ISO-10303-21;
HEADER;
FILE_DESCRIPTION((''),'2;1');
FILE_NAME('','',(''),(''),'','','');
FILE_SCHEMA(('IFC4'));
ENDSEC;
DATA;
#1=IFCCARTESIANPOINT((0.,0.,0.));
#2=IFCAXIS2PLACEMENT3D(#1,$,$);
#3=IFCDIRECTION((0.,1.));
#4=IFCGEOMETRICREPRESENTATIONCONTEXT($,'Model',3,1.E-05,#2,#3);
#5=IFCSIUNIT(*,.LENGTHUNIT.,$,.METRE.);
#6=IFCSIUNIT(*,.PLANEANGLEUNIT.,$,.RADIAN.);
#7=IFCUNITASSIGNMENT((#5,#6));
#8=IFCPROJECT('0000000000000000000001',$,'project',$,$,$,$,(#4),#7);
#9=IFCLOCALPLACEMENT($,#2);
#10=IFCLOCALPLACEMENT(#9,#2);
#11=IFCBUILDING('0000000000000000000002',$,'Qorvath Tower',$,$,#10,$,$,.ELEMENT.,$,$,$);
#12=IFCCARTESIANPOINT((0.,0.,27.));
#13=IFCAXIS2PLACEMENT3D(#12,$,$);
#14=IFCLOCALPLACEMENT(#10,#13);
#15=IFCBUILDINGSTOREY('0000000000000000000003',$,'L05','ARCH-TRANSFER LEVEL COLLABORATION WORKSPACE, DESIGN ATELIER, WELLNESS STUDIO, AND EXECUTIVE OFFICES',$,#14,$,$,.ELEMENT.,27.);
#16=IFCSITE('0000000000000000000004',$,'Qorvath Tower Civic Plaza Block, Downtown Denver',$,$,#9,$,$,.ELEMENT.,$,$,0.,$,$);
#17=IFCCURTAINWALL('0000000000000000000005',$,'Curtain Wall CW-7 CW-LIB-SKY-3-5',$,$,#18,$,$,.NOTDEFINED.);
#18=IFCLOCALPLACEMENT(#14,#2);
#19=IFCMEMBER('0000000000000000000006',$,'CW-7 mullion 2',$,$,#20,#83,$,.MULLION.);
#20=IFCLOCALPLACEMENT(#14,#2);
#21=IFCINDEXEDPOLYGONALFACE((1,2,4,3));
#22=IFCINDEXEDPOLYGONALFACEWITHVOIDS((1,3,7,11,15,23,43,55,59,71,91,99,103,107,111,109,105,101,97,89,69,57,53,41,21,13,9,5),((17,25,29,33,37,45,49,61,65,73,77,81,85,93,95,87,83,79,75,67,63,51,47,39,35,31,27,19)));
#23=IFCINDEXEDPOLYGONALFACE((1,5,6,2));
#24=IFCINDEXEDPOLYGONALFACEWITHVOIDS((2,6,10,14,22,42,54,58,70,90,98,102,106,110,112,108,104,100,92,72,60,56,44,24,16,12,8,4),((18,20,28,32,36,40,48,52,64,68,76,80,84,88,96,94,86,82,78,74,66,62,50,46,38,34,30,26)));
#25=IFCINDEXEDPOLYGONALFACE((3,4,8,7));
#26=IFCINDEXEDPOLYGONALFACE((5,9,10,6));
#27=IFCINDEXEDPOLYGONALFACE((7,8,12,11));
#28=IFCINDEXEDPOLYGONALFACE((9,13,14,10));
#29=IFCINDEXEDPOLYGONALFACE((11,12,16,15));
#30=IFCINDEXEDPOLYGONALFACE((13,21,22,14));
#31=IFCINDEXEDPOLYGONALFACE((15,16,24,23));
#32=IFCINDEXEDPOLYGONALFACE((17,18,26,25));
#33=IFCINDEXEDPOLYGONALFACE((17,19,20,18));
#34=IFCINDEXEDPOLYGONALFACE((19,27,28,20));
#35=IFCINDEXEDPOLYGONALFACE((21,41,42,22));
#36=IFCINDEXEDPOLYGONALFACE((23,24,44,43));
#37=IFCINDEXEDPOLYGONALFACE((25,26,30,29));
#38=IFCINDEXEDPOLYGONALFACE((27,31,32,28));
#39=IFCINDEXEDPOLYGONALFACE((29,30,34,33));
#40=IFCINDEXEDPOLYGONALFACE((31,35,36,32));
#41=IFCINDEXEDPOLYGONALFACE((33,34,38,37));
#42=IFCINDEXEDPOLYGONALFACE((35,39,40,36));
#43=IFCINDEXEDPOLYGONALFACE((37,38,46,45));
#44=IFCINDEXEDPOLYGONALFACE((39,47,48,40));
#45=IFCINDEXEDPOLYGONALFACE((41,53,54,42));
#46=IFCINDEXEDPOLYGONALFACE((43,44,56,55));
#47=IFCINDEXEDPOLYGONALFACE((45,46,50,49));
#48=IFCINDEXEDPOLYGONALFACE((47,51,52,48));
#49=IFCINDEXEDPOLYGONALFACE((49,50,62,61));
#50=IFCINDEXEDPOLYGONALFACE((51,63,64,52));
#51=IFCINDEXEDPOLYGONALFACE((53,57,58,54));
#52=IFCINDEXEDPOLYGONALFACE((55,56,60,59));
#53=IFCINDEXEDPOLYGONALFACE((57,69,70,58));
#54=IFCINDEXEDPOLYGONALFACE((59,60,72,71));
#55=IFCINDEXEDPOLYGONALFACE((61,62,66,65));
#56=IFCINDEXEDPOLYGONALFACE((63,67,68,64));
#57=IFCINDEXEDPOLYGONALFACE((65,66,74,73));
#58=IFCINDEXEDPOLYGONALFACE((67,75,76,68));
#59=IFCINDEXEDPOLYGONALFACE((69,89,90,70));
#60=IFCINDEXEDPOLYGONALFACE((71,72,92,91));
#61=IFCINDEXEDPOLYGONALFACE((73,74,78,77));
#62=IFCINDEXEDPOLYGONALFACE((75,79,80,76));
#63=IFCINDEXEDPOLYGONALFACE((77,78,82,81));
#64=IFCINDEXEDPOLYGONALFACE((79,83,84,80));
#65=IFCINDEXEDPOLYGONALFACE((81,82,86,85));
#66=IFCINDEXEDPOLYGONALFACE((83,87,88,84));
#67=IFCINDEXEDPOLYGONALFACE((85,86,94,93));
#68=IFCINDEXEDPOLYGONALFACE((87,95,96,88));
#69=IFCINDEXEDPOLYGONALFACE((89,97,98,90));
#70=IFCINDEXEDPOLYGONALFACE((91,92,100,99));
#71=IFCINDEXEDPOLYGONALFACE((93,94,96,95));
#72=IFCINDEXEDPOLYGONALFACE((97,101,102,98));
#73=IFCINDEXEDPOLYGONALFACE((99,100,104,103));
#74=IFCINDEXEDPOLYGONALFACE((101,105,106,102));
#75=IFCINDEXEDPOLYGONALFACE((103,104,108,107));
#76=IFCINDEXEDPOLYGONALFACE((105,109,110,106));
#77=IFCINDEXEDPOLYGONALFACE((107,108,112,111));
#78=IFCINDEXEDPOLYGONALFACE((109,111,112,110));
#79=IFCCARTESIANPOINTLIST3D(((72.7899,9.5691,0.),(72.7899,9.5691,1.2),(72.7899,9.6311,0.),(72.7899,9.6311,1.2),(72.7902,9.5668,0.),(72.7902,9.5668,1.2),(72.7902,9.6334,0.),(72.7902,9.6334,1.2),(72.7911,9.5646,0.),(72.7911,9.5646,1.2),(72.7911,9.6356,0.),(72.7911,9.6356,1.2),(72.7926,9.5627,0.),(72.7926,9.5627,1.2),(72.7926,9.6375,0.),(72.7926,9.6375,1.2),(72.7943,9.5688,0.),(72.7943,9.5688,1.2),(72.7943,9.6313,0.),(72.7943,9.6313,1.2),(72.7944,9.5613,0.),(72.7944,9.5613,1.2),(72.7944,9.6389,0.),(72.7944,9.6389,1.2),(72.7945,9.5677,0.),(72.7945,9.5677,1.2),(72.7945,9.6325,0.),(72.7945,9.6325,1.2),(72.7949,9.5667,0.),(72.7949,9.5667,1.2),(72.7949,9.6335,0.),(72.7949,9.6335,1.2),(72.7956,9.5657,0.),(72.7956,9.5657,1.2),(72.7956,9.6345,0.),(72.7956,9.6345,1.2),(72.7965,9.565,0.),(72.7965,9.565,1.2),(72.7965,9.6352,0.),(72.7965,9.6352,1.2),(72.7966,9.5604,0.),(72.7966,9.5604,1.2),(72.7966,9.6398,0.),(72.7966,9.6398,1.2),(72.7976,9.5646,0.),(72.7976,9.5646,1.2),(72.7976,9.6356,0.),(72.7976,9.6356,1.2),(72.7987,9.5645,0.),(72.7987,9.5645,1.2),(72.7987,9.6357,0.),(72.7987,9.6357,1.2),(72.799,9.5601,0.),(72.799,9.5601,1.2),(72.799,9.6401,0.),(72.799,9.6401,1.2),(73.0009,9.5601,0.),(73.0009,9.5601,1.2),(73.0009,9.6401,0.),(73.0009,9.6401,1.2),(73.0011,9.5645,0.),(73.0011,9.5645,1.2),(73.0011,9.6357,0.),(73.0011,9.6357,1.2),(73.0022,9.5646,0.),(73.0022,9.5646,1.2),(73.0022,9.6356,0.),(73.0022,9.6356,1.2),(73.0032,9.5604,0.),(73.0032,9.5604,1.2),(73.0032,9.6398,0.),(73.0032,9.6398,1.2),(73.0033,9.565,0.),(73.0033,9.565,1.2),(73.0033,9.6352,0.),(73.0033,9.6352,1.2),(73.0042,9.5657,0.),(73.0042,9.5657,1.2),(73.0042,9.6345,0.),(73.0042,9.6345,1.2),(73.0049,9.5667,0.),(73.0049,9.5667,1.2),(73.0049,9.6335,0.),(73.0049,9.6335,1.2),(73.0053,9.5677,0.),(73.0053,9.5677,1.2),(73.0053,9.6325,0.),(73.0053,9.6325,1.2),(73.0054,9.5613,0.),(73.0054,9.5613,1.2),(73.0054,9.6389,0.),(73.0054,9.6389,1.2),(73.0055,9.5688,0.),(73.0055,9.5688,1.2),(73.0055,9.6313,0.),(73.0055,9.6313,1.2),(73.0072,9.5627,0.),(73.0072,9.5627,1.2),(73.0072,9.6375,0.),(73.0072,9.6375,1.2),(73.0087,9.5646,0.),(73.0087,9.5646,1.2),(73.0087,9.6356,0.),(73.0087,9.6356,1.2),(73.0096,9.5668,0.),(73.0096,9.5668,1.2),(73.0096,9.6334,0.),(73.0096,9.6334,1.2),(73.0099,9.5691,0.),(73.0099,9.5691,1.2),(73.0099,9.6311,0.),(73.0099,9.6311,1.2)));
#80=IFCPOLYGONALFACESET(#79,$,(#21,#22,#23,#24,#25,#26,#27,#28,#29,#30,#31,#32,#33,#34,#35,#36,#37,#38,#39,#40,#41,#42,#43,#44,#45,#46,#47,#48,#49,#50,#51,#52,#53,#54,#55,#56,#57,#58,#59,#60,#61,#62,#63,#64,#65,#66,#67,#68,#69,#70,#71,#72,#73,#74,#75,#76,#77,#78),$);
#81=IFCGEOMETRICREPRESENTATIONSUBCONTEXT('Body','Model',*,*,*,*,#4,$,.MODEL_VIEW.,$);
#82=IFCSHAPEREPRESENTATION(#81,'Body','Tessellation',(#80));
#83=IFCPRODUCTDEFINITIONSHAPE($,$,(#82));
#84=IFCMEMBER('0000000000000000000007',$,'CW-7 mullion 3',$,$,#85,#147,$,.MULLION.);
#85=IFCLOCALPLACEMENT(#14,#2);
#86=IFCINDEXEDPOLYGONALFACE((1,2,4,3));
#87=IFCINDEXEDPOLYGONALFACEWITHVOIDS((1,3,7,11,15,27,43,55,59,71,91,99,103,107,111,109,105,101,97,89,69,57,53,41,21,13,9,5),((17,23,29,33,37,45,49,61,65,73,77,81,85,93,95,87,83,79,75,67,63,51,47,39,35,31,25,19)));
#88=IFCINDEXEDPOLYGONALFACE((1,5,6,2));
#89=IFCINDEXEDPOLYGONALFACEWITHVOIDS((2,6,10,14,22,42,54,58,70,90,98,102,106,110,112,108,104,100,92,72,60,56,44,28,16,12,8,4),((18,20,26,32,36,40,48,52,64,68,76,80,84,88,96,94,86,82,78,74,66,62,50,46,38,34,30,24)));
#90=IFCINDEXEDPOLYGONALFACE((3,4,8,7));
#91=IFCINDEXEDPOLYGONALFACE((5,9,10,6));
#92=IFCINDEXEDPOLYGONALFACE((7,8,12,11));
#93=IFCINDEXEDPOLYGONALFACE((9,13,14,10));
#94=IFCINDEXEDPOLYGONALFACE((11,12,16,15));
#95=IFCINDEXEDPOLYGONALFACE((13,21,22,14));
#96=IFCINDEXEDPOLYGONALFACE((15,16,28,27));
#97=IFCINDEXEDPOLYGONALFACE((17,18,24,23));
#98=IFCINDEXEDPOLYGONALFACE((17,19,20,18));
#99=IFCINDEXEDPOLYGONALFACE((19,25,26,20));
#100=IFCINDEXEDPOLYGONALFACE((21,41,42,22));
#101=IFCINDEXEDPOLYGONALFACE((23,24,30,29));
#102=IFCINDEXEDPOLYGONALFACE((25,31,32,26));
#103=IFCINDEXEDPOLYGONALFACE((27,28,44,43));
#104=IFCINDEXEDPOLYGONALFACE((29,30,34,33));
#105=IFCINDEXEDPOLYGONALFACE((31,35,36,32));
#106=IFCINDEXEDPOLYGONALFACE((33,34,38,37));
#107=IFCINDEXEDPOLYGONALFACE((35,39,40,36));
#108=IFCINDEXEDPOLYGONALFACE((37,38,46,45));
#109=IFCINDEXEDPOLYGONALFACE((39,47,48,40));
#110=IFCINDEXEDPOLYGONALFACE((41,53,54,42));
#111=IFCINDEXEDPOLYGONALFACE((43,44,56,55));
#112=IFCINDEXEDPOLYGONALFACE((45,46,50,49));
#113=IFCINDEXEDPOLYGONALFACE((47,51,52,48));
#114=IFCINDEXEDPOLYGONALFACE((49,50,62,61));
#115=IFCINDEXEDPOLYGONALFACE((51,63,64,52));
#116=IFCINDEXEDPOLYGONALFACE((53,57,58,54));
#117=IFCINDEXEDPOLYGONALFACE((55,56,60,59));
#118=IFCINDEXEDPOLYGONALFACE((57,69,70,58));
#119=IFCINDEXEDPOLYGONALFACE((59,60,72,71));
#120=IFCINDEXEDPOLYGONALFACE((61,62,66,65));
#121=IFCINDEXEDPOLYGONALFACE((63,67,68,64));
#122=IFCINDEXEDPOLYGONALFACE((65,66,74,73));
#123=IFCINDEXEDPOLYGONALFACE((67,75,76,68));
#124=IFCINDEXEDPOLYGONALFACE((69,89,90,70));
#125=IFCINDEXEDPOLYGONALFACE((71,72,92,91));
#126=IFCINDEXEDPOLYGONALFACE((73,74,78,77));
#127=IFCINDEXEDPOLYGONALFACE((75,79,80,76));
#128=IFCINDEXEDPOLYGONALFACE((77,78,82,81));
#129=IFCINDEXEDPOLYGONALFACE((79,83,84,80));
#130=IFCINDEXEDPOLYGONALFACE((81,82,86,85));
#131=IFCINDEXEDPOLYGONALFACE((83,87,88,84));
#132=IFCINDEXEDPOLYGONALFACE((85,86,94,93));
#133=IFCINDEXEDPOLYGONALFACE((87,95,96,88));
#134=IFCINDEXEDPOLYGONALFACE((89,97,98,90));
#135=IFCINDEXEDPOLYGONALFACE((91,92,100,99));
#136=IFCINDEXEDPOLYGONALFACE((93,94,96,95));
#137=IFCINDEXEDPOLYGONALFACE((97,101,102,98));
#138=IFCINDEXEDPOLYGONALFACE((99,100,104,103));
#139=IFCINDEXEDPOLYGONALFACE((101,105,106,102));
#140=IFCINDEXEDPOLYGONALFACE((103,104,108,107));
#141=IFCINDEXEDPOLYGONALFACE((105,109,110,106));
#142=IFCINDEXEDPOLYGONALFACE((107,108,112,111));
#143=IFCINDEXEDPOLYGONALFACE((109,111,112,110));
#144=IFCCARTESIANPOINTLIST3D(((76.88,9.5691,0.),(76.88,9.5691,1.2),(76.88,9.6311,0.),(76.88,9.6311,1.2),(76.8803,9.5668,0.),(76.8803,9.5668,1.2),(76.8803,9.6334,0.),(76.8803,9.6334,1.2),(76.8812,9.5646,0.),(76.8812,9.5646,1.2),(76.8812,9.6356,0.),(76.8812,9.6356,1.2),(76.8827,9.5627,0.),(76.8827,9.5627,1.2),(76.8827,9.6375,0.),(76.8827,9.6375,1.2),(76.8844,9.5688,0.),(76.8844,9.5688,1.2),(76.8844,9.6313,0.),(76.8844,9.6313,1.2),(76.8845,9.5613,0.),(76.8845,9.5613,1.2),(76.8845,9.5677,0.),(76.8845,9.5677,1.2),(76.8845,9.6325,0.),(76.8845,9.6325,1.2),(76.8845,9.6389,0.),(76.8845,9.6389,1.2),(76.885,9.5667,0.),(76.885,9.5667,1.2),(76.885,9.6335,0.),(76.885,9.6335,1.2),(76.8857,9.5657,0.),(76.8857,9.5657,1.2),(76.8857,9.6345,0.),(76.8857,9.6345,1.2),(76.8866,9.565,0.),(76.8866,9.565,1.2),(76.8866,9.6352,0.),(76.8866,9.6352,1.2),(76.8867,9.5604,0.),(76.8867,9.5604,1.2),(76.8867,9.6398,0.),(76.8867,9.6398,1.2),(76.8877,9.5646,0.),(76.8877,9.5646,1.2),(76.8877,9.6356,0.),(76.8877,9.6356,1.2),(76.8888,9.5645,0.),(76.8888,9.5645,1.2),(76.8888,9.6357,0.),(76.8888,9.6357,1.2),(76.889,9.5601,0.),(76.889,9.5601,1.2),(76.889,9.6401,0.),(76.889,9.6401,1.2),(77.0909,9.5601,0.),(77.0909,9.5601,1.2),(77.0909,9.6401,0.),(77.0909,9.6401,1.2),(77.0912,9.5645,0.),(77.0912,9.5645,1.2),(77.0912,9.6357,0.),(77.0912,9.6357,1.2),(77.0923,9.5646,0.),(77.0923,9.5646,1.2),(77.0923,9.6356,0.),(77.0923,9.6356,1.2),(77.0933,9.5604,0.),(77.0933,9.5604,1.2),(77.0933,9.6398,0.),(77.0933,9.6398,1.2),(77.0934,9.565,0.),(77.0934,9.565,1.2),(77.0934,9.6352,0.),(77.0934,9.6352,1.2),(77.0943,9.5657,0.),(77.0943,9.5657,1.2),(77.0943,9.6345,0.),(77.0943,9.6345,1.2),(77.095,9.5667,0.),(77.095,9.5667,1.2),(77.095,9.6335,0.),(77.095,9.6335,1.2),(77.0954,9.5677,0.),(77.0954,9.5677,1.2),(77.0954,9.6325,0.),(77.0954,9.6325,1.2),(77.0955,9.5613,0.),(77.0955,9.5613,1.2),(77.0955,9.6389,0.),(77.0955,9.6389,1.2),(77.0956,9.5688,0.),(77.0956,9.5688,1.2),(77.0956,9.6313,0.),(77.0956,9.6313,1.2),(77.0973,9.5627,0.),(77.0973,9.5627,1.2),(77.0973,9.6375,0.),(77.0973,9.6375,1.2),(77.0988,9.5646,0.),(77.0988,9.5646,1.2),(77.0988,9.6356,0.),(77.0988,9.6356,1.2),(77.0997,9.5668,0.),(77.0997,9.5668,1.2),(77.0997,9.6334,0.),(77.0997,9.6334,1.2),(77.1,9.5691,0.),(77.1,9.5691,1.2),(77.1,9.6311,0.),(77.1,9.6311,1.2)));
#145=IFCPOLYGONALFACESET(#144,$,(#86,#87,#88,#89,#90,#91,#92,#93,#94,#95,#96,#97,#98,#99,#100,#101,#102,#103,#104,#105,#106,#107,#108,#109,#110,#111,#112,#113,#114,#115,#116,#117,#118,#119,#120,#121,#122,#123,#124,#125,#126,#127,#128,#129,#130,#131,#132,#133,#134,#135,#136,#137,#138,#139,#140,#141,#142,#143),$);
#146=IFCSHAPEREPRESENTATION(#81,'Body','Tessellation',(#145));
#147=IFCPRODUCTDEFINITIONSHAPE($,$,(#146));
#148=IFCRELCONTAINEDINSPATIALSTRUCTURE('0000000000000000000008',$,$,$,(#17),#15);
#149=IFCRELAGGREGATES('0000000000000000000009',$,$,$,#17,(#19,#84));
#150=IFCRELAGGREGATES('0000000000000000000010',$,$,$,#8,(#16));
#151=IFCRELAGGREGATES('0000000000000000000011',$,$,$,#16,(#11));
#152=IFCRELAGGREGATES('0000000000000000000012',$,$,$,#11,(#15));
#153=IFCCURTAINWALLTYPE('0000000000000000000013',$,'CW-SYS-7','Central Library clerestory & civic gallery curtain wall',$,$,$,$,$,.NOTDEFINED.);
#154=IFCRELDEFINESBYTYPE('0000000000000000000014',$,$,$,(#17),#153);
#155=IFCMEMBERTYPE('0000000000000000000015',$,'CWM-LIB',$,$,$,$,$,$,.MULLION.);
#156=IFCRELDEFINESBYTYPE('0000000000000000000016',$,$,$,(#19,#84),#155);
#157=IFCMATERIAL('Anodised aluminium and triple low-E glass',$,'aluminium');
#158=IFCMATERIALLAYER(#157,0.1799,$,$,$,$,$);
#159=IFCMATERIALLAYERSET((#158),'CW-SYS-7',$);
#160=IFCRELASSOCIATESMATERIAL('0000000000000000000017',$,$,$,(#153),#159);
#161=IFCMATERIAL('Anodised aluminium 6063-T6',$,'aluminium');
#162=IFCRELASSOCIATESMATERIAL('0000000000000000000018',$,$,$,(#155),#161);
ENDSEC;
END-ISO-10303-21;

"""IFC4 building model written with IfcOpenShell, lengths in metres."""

from ifc_helpers import new_model, si_unit, direction, frame, origin, origin_2d, place, context, subcontext, project, spatial, hollow_rectangle, extrude, material, layer, layer_set, material_profile, profile_set, type_object, element, aggregate, save


model = new_model("IFC4")

# Units and contexts
model_context = context("Model", 3, precision=1e-05, world=origin(), true_north=direction((0.0, 1.0)))
body_context = subcontext(model_context, "Body", "Model", "MODEL_VIEW")
ifc_project = project(units=[si_unit("LENGTHUNIT", "METRE"), si_unit("PLANEANGLEUNIT", "RADIAN")], contexts=[model_context])

# Site, building, storey
site_placement = place(None, origin())
site = spatial("IfcSite", under=ifc_project, at=site_placement, Name="Qorvath Tower Civic Plaza Block, Downtown Denver", CompositionType="ELEMENT", RefElevation=0.0)
building_placement = place(site_placement, origin())
building = spatial("IfcBuilding", under=site, at=building_placement, Name="Qorvath Tower", CompositionType="ELEMENT")
storey_placement = place(building_placement, frame((0.0, 0.0, 27.0)))
storey = spatial("IfcBuildingStorey", under=building, at=storey_placement, Name="L05", Description="ARCH-TRANSFER LEVEL COLLABORATION WORKSPACE, DESIGN ATELIER, WELLNESS STUDIO, AND EXECUTIVE OFFICES", CompositionType="ELEMENT", Elevation=27.0)

# Shared definitions
ifc_material_1 = material(Name="Anodised aluminium and triple low-E glass", Category="aluminium")
ifc_layer_1 = layer(ifc_material_1, 0.1799)
ifc_layer_set_1 = layer_set([ifc_layer_1], Name="CW-SYS-7")
curtain_wall_type = type_object("IfcCurtainWallType", Name="CW-SYS-7", Description="Central Library clerestory & civic gallery curtain wall", PredefinedType="NOTDEFINED", material=ifc_layer_set_1)
ifc_material_2 = material(Name="Anodised aluminium 6063-T6", Category="aluminium")
ifc_material_profile_1 = material_profile(ifc_material_2, hollow_rectangle(XDim=0.0801, YDim=0.22, WallThickness=0.0044, InnerFilletRadius=0.0044, OuterFilletRadius=0.009, at=origin_2d()), Name="CWM LIB 220x80")
ifc_profile_set_1 = profile_set([ifc_material_profile_1], Name="Anodised aluminium 6063-T6")
member_type_1 = type_object("IfcMemberType", Name="CWM-LIB", PredefinedType="MULLION", material=ifc_profile_set_1)

# Curtain wall, members
curtain_wall_1_placement = place(storey_placement, origin())
curtain_wall_1 = element("IfcCurtainWall", 1, at=curtain_wall_1_placement, inside=storey, type_object=curtain_wall_type, Name="Curtain Wall CW-7 CW-LIB-SKY-3-5", PredefinedType="NOTDEFINED")
member_1_placement = place(storey_placement, frame((72.8999, 9.6001, 0.0), z_axis=(0.0, 0.0, 1.0), x_axis=(0.0, 1.0, 0.0)))
member_1 = element("IfcMember", 2, at=member_1_placement, type_object=member_type_1, Name="CW-7 mullion 2", PredefinedType="MULLION", context=body_context, shape_type="SweptSolid", body=[
    extrude(hollow_rectangle(XDim=0.0801, YDim=0.22, WallThickness=0.0044, InnerFilletRadius=0.0044, OuterFilletRadius=0.009, at=origin_2d()), origin(), (0.0, 0.0, 1.0), 1.2),
])
member_2_placement = place(storey_placement, frame((76.99, 9.6001, 0.0), z_axis=(0.0, 0.0, 1.0), x_axis=(0.0, 1.0, 0.0)))
member_2 = element("IfcMember", 3, at=member_2_placement, type_object=member_type_1, Name="CW-7 mullion 3", PredefinedType="MULLION", context=body_context, shape_type="SweptSolid", body=[
    extrude(hollow_rectangle(XDim=0.0801, YDim=0.22, WallThickness=0.0044, InnerFilletRadius=0.0044, OuterFilletRadius=0.009, at=origin_2d()), origin(), (0.0, 0.0, 1.0), 1.2),
])

aggregate(curtain_wall_1, [member_1, member_2])

save(model, "model.ifc")
